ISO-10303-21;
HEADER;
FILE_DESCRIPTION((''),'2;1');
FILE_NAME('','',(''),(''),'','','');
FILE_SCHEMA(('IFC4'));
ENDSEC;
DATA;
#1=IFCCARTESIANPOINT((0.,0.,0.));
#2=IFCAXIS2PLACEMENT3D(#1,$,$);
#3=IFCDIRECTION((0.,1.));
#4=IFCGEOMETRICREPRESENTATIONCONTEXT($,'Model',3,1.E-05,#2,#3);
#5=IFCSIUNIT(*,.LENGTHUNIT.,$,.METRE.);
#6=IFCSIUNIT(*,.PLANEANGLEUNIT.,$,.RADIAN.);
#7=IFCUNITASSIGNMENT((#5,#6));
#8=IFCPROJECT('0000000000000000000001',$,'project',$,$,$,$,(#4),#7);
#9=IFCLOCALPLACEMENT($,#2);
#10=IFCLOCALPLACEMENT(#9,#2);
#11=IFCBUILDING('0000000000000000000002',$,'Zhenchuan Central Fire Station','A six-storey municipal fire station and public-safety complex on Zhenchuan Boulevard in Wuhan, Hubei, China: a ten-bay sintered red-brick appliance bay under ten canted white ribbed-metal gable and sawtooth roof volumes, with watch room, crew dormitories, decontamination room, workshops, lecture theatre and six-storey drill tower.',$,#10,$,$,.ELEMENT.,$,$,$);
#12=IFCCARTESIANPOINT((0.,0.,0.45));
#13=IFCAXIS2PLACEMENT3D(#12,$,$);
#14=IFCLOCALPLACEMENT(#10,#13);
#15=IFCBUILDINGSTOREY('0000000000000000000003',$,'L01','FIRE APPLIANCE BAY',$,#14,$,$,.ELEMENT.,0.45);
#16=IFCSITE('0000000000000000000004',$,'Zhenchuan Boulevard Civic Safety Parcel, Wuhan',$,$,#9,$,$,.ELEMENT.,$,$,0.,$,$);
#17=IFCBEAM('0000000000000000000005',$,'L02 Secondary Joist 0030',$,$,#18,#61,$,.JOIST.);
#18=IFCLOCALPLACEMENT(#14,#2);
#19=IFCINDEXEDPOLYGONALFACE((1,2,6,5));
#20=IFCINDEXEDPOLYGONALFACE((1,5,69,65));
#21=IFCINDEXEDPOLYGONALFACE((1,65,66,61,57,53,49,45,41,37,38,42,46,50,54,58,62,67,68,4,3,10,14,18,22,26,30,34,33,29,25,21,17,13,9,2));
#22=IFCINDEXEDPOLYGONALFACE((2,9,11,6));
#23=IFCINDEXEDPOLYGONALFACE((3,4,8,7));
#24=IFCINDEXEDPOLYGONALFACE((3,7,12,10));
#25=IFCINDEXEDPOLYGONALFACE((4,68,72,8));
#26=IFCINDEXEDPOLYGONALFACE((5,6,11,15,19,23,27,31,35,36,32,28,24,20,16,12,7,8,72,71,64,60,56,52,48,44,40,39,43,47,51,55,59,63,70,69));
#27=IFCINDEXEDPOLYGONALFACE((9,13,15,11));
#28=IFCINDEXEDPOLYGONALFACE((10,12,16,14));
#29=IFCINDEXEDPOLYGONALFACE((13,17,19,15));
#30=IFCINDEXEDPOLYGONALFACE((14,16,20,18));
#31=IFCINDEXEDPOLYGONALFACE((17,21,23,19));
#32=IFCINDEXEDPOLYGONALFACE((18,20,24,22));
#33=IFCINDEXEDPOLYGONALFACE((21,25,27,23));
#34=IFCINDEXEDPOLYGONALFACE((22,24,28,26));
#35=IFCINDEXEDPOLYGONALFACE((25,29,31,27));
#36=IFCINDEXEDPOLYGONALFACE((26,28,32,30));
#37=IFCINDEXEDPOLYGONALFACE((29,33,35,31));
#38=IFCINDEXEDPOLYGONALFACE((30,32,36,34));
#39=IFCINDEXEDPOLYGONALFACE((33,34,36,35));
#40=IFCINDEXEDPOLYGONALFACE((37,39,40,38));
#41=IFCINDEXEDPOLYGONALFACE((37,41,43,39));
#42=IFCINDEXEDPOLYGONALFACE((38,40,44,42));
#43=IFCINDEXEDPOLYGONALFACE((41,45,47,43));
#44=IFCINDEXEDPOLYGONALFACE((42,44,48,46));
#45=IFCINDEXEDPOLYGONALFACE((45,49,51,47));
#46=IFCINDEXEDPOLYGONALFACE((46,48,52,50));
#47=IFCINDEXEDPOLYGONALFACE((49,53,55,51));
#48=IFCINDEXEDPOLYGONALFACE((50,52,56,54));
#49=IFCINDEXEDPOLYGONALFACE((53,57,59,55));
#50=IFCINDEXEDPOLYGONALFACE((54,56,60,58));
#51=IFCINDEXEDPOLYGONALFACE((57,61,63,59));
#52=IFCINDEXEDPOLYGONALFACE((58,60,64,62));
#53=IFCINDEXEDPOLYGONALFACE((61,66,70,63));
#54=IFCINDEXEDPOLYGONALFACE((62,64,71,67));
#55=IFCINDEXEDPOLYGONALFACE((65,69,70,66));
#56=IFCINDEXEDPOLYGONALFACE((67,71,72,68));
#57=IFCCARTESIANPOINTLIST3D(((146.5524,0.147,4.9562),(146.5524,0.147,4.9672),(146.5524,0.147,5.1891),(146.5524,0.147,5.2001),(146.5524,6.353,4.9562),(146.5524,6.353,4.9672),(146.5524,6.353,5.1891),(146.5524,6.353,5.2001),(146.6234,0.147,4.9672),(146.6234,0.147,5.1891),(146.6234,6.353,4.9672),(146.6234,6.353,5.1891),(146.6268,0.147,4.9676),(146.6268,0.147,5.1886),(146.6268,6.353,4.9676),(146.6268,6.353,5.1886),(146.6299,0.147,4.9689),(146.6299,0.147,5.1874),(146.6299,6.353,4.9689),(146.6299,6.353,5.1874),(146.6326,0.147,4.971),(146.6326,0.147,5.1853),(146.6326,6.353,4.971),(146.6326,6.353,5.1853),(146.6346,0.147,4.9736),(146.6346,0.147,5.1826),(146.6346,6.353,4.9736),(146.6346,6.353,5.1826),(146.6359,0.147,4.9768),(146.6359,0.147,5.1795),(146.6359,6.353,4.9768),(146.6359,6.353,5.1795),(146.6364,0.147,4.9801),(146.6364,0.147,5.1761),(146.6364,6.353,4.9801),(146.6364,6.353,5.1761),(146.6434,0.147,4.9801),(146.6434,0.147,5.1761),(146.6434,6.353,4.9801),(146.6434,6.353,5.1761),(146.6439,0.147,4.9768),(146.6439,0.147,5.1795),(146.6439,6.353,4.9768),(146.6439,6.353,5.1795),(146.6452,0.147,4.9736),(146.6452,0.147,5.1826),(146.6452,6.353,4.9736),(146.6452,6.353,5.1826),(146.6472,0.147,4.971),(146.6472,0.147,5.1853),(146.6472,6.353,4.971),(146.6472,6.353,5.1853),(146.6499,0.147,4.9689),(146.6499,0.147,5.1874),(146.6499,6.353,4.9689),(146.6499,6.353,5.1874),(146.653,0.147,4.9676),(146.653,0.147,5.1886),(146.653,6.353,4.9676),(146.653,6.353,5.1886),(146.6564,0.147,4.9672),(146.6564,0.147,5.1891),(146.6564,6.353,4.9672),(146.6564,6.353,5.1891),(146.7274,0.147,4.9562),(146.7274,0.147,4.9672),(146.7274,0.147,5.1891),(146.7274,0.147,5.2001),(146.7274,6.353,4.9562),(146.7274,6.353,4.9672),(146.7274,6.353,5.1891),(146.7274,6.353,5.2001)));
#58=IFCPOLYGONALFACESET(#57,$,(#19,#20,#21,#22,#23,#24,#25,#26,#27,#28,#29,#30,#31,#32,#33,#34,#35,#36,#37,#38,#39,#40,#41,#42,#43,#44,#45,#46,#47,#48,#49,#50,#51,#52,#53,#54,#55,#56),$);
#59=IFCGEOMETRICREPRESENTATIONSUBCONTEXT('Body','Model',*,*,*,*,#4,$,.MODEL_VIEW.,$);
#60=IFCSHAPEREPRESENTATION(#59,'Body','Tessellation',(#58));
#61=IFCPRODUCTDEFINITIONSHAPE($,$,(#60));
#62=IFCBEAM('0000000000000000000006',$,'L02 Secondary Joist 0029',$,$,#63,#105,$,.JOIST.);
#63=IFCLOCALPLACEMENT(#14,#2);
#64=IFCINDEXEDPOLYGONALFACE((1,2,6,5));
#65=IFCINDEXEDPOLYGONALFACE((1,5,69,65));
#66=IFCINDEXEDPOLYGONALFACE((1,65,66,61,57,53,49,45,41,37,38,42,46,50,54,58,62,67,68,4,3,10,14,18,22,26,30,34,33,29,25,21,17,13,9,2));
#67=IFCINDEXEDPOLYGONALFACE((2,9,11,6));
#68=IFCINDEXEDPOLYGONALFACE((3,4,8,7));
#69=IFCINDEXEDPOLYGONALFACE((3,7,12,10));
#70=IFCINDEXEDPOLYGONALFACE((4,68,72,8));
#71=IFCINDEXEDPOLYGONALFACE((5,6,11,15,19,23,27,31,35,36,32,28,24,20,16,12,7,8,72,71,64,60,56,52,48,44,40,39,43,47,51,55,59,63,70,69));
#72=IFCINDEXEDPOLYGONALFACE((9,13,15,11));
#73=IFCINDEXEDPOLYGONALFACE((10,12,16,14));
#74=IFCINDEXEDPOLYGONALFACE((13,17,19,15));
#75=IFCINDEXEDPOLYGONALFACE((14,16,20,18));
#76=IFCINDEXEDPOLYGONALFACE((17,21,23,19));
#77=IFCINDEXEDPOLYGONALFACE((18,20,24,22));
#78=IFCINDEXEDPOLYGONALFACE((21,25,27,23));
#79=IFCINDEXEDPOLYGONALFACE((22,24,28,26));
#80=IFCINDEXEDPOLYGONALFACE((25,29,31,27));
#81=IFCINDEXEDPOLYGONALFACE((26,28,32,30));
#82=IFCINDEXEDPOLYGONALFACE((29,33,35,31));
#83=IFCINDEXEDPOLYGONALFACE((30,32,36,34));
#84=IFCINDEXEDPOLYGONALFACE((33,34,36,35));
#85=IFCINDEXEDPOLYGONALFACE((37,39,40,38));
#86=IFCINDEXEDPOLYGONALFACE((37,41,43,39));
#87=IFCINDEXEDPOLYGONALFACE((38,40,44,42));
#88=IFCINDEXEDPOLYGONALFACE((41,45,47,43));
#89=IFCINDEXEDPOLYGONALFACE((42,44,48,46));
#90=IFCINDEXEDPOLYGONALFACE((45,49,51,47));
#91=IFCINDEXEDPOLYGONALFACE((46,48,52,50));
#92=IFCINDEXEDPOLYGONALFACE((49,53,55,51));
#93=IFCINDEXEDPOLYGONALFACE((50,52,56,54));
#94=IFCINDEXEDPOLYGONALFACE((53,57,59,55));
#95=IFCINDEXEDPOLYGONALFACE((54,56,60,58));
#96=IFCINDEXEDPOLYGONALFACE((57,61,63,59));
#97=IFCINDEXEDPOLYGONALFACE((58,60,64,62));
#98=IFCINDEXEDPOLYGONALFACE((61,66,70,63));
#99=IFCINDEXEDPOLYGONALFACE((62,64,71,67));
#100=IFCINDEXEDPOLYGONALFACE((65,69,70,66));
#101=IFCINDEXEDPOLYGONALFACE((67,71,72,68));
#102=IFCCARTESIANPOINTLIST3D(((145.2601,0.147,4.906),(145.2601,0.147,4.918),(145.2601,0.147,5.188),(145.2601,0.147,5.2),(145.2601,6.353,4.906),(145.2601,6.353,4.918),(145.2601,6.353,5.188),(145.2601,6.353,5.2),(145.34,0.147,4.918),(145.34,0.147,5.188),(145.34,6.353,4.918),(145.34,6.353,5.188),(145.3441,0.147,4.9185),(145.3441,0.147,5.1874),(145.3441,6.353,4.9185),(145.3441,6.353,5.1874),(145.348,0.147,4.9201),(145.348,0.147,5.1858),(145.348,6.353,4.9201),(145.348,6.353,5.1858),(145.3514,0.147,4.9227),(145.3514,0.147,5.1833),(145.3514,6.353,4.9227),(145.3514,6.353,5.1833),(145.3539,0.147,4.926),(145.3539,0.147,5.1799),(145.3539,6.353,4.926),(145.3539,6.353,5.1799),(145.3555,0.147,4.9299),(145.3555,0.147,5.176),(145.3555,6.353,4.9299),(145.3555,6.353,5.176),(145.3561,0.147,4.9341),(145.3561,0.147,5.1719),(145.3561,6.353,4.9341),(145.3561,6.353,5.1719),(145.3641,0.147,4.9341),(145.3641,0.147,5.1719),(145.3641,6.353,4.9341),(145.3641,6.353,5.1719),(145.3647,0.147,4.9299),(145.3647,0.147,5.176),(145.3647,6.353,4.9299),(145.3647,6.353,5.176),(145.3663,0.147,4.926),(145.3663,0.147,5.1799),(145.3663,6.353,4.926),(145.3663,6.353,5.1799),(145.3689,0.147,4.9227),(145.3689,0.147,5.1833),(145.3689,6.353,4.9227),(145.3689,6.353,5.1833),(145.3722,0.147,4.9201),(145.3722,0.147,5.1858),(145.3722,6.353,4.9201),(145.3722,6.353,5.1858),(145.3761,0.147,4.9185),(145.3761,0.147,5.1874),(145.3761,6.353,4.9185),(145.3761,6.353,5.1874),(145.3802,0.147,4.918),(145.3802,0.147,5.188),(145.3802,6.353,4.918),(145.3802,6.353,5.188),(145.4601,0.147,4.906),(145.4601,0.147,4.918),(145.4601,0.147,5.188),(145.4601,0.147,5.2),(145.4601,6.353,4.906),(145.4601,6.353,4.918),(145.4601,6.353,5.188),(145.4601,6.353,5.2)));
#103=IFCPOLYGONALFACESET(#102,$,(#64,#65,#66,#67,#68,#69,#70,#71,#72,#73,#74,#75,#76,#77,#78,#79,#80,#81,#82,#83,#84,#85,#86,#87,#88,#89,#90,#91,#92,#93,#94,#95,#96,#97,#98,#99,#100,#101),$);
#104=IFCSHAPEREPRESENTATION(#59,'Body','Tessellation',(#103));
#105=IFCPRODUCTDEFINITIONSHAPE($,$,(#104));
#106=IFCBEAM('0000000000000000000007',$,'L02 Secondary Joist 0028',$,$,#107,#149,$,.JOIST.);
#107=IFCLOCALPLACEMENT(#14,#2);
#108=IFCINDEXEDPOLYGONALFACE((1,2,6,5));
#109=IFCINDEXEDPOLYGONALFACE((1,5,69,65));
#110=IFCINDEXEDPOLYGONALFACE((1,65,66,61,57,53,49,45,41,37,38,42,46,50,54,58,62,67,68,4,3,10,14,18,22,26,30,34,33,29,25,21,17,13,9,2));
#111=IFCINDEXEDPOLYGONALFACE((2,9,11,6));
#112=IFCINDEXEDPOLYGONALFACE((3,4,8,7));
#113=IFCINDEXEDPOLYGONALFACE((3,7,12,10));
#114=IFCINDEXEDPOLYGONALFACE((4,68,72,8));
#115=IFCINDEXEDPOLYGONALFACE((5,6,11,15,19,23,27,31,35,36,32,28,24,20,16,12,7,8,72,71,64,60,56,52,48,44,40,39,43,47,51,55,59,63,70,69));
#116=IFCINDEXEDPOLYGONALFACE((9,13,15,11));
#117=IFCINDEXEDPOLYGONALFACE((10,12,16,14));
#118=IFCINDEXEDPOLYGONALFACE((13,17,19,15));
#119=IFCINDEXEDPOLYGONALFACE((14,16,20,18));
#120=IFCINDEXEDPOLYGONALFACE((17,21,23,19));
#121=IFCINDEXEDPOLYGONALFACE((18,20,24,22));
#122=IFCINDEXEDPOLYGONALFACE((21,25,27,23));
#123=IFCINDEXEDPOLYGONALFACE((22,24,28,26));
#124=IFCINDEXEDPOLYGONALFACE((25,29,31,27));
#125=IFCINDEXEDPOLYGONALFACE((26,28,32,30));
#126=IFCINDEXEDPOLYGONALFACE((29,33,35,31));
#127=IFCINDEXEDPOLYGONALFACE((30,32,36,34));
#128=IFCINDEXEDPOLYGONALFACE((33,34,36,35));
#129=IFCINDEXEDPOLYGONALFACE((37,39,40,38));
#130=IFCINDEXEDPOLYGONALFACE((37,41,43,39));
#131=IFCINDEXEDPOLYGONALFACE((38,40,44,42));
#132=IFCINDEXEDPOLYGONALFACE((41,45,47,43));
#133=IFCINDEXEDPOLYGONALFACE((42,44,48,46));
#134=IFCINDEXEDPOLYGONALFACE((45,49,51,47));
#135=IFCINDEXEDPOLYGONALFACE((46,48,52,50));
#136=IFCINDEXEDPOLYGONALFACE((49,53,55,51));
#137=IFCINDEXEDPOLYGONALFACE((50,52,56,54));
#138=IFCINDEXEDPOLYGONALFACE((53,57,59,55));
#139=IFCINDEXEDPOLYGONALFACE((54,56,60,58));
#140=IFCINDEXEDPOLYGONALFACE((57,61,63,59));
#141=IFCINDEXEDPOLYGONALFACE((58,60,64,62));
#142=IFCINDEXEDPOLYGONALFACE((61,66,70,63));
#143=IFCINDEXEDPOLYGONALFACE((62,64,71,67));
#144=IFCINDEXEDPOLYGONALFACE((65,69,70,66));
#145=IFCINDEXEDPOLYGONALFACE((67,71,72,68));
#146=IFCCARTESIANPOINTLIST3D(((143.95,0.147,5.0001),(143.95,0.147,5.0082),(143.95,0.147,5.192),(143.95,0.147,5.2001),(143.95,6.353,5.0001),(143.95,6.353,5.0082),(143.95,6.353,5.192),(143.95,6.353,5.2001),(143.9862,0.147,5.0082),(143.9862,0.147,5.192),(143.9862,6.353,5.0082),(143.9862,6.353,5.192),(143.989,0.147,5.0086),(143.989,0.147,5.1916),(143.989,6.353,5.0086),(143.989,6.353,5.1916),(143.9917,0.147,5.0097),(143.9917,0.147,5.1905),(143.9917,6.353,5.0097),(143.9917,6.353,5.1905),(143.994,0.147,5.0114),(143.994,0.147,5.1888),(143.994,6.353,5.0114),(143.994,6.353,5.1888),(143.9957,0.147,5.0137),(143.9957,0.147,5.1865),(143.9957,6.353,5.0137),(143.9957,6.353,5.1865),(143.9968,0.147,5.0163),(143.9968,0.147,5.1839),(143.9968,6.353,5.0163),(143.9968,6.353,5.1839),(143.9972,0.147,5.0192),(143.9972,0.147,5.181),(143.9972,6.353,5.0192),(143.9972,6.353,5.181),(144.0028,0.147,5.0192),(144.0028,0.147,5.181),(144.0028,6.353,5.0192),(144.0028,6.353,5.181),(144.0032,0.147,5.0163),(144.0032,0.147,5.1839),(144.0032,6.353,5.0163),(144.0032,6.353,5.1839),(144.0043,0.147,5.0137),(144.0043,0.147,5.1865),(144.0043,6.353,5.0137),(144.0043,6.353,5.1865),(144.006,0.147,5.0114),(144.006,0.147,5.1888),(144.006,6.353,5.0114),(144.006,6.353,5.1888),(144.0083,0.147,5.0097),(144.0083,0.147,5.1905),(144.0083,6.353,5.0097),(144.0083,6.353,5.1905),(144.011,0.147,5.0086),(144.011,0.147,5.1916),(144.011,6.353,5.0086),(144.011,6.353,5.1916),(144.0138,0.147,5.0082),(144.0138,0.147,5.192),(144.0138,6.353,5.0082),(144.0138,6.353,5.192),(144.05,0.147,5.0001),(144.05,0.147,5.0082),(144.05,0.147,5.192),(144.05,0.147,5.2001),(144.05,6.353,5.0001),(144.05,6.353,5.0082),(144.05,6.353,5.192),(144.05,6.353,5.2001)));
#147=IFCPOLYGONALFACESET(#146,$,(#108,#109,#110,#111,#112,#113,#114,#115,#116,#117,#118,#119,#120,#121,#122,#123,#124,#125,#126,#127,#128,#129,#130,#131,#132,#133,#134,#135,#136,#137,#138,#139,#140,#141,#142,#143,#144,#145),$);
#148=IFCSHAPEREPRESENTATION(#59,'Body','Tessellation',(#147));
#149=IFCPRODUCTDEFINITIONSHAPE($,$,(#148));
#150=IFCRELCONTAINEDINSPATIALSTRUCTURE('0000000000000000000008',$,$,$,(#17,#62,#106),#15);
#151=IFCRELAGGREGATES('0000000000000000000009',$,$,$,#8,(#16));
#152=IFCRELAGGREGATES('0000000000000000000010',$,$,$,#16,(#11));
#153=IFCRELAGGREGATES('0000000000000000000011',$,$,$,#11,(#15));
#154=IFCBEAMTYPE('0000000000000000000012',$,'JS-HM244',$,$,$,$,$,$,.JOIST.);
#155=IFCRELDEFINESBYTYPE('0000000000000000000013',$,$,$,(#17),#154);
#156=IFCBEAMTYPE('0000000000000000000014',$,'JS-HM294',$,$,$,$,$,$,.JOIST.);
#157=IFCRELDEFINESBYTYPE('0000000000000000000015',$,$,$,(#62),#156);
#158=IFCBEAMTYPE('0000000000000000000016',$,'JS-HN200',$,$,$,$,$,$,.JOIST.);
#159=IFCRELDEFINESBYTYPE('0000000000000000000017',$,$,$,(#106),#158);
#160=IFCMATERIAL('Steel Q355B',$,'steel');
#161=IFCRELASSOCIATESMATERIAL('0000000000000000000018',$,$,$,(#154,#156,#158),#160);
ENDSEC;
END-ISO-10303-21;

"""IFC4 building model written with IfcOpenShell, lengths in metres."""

from ifc_helpers import new_model, si_unit, direction, frame, origin, origin_2d, place, context, subcontext, project, spatial, i_section, extrude, material, material_profile, profile_set, type_object, element, save


model = new_model("IFC4")

# Units and contexts
model_context = context("Model", 3, precision=1e-05, world=origin(), true_north=direction((0.0, 1.0)))
body_context = subcontext(model_context, "Body", "Model", "MODEL_VIEW")
ifc_project = project(units=[si_unit("LENGTHUNIT", "METRE"), si_unit("PLANEANGLEUNIT", "RADIAN")], contexts=[model_context])

# Site, building, storey
site_placement = place(None, origin())
site = spatial("IfcSite", under=ifc_project, at=site_placement, Name="Zhenchuan Boulevard Civic Safety Parcel, Wuhan", CompositionType="ELEMENT", RefElevation=0.0)
building_placement = place(site_placement, origin())
building = spatial("IfcBuilding", under=site, at=building_placement, Name="Zhenchuan Central Fire Station", Description="A six-storey municipal fire station and public-safety complex on Zhenchuan Boulevard in Wuhan, Hubei, China: a ten-bay sintered red-brick appliance bay under ten canted white ribbed-metal gable and sawtooth roof volumes, with watch room, crew dormitories, decontamination room, workshops, lecture theatre and six-storey drill tower.", CompositionType="ELEMENT")
storey_placement = place(building_placement, frame((0.0, 0.0, 0.45)))
storey = spatial("IfcBuildingStorey", under=building, at=storey_placement, Name="L01", Description="FIRE APPLIANCE BAY", CompositionType="ELEMENT", Elevation=0.45)

# Shared definitions
ifc_material_1 = material(Name="Steel Q355B", Category="steel")

# Beams
ifc_material_profile_1 = material_profile(ifc_material_1, i_section(OverallWidth=0.175, OverallDepth=0.2439, WebThickness=0.0071, FlangeThickness=0.011, FilletRadius=0.0129, at=origin_2d()), Name="HM 244x175")
ifc_profile_set_1 = profile_set([ifc_material_profile_1], Name="Steel Q355B")
beam_type_1 = type_object("IfcBeamType", Name="JS-HM244", PredefinedType="JOIST", material=ifc_profile_set_1)
beam_1_placement = place(storey_placement, frame((146.6399, 0.147, 5.0781), z_axis=(0.0, 1.0, 0.0), x_axis=(-1.0, 0.0, 0.0)))
element("IfcBeam", 1, at=beam_1_placement, inside=storey, type_object=beam_type_1, Name="L02 Secondary Joist 0030", PredefinedType="JOIST", context=body_context, shape_type="SweptSolid", body=[
    extrude(i_section(OverallWidth=0.175, OverallDepth=0.2439, WebThickness=0.0071, FlangeThickness=0.011, FilletRadius=0.0129, at=origin_2d()), origin(), (0.0, 0.0, 1.0), 6.2061),
])
ifc_material_profile_2 = material_profile(ifc_material_1, i_section(OverallWidth=0.2, OverallDepth=0.2939, WebThickness=0.0081, FlangeThickness=0.012, FilletRadius=0.0161, at=origin_2d()), Name="HM 294x200")
ifc_profile_set_2 = profile_set([ifc_material_profile_2], Name="Steel Q355B")
beam_type_2 = type_object("IfcBeamType", Name="JS-HM294", PredefinedType="JOIST", material=ifc_profile_set_2)
beam_2_placement = place(storey_placement, frame((145.3601, 0.147, 5.053), z_axis=(0.0, 1.0, 0.0), x_axis=(-1.0, 0.0, 0.0)))
element("IfcBeam", 2, at=beam_2_placement, inside=storey, type_object=beam_type_2, Name="L02 Secondary Joist 0029", PredefinedType="JOIST", context=body_context, shape_type="SweptSolid", body=[
    extrude(i_section(OverallWidth=0.2, OverallDepth=0.2939, WebThickness=0.0081, FlangeThickness=0.012, FilletRadius=0.0161, at=origin_2d()), origin(), (0.0, 0.0, 1.0), 6.2061),
])
ifc_material_profile_3 = material_profile(ifc_material_1, i_section(OverallWidth=0.1001, OverallDepth=0.2, WebThickness=0.0056, FlangeThickness=0.0081, FilletRadius=0.011, at=origin_2d()), Name="HN 200x100")
ifc_profile_set_3 = profile_set([ifc_material_profile_3], Name="Steel Q355B")
beam_type_3 = type_object("IfcBeamType", Name="JS-HN200", PredefinedType="JOIST", material=ifc_profile_set_3)
beam_3_placement = place(storey_placement, frame((144.0, 0.147, 5.1001), z_axis=(0.0, 1.0, 0.0), x_axis=(-1.0, 0.0, 0.0)))
element("IfcBeam", 3, at=beam_3_placement, inside=storey, type_object=beam_type_3, Name="L02 Secondary Joist 0028", PredefinedType="JOIST", context=body_context, shape_type="SweptSolid", body=[
    extrude(i_section(OverallWidth=0.1001, OverallDepth=0.2, WebThickness=0.0056, FlangeThickness=0.0081, FilletRadius=0.011, at=origin_2d()), origin(), (0.0, 0.0, 1.0), 6.2061),
])

save(model, "model.ifc")
